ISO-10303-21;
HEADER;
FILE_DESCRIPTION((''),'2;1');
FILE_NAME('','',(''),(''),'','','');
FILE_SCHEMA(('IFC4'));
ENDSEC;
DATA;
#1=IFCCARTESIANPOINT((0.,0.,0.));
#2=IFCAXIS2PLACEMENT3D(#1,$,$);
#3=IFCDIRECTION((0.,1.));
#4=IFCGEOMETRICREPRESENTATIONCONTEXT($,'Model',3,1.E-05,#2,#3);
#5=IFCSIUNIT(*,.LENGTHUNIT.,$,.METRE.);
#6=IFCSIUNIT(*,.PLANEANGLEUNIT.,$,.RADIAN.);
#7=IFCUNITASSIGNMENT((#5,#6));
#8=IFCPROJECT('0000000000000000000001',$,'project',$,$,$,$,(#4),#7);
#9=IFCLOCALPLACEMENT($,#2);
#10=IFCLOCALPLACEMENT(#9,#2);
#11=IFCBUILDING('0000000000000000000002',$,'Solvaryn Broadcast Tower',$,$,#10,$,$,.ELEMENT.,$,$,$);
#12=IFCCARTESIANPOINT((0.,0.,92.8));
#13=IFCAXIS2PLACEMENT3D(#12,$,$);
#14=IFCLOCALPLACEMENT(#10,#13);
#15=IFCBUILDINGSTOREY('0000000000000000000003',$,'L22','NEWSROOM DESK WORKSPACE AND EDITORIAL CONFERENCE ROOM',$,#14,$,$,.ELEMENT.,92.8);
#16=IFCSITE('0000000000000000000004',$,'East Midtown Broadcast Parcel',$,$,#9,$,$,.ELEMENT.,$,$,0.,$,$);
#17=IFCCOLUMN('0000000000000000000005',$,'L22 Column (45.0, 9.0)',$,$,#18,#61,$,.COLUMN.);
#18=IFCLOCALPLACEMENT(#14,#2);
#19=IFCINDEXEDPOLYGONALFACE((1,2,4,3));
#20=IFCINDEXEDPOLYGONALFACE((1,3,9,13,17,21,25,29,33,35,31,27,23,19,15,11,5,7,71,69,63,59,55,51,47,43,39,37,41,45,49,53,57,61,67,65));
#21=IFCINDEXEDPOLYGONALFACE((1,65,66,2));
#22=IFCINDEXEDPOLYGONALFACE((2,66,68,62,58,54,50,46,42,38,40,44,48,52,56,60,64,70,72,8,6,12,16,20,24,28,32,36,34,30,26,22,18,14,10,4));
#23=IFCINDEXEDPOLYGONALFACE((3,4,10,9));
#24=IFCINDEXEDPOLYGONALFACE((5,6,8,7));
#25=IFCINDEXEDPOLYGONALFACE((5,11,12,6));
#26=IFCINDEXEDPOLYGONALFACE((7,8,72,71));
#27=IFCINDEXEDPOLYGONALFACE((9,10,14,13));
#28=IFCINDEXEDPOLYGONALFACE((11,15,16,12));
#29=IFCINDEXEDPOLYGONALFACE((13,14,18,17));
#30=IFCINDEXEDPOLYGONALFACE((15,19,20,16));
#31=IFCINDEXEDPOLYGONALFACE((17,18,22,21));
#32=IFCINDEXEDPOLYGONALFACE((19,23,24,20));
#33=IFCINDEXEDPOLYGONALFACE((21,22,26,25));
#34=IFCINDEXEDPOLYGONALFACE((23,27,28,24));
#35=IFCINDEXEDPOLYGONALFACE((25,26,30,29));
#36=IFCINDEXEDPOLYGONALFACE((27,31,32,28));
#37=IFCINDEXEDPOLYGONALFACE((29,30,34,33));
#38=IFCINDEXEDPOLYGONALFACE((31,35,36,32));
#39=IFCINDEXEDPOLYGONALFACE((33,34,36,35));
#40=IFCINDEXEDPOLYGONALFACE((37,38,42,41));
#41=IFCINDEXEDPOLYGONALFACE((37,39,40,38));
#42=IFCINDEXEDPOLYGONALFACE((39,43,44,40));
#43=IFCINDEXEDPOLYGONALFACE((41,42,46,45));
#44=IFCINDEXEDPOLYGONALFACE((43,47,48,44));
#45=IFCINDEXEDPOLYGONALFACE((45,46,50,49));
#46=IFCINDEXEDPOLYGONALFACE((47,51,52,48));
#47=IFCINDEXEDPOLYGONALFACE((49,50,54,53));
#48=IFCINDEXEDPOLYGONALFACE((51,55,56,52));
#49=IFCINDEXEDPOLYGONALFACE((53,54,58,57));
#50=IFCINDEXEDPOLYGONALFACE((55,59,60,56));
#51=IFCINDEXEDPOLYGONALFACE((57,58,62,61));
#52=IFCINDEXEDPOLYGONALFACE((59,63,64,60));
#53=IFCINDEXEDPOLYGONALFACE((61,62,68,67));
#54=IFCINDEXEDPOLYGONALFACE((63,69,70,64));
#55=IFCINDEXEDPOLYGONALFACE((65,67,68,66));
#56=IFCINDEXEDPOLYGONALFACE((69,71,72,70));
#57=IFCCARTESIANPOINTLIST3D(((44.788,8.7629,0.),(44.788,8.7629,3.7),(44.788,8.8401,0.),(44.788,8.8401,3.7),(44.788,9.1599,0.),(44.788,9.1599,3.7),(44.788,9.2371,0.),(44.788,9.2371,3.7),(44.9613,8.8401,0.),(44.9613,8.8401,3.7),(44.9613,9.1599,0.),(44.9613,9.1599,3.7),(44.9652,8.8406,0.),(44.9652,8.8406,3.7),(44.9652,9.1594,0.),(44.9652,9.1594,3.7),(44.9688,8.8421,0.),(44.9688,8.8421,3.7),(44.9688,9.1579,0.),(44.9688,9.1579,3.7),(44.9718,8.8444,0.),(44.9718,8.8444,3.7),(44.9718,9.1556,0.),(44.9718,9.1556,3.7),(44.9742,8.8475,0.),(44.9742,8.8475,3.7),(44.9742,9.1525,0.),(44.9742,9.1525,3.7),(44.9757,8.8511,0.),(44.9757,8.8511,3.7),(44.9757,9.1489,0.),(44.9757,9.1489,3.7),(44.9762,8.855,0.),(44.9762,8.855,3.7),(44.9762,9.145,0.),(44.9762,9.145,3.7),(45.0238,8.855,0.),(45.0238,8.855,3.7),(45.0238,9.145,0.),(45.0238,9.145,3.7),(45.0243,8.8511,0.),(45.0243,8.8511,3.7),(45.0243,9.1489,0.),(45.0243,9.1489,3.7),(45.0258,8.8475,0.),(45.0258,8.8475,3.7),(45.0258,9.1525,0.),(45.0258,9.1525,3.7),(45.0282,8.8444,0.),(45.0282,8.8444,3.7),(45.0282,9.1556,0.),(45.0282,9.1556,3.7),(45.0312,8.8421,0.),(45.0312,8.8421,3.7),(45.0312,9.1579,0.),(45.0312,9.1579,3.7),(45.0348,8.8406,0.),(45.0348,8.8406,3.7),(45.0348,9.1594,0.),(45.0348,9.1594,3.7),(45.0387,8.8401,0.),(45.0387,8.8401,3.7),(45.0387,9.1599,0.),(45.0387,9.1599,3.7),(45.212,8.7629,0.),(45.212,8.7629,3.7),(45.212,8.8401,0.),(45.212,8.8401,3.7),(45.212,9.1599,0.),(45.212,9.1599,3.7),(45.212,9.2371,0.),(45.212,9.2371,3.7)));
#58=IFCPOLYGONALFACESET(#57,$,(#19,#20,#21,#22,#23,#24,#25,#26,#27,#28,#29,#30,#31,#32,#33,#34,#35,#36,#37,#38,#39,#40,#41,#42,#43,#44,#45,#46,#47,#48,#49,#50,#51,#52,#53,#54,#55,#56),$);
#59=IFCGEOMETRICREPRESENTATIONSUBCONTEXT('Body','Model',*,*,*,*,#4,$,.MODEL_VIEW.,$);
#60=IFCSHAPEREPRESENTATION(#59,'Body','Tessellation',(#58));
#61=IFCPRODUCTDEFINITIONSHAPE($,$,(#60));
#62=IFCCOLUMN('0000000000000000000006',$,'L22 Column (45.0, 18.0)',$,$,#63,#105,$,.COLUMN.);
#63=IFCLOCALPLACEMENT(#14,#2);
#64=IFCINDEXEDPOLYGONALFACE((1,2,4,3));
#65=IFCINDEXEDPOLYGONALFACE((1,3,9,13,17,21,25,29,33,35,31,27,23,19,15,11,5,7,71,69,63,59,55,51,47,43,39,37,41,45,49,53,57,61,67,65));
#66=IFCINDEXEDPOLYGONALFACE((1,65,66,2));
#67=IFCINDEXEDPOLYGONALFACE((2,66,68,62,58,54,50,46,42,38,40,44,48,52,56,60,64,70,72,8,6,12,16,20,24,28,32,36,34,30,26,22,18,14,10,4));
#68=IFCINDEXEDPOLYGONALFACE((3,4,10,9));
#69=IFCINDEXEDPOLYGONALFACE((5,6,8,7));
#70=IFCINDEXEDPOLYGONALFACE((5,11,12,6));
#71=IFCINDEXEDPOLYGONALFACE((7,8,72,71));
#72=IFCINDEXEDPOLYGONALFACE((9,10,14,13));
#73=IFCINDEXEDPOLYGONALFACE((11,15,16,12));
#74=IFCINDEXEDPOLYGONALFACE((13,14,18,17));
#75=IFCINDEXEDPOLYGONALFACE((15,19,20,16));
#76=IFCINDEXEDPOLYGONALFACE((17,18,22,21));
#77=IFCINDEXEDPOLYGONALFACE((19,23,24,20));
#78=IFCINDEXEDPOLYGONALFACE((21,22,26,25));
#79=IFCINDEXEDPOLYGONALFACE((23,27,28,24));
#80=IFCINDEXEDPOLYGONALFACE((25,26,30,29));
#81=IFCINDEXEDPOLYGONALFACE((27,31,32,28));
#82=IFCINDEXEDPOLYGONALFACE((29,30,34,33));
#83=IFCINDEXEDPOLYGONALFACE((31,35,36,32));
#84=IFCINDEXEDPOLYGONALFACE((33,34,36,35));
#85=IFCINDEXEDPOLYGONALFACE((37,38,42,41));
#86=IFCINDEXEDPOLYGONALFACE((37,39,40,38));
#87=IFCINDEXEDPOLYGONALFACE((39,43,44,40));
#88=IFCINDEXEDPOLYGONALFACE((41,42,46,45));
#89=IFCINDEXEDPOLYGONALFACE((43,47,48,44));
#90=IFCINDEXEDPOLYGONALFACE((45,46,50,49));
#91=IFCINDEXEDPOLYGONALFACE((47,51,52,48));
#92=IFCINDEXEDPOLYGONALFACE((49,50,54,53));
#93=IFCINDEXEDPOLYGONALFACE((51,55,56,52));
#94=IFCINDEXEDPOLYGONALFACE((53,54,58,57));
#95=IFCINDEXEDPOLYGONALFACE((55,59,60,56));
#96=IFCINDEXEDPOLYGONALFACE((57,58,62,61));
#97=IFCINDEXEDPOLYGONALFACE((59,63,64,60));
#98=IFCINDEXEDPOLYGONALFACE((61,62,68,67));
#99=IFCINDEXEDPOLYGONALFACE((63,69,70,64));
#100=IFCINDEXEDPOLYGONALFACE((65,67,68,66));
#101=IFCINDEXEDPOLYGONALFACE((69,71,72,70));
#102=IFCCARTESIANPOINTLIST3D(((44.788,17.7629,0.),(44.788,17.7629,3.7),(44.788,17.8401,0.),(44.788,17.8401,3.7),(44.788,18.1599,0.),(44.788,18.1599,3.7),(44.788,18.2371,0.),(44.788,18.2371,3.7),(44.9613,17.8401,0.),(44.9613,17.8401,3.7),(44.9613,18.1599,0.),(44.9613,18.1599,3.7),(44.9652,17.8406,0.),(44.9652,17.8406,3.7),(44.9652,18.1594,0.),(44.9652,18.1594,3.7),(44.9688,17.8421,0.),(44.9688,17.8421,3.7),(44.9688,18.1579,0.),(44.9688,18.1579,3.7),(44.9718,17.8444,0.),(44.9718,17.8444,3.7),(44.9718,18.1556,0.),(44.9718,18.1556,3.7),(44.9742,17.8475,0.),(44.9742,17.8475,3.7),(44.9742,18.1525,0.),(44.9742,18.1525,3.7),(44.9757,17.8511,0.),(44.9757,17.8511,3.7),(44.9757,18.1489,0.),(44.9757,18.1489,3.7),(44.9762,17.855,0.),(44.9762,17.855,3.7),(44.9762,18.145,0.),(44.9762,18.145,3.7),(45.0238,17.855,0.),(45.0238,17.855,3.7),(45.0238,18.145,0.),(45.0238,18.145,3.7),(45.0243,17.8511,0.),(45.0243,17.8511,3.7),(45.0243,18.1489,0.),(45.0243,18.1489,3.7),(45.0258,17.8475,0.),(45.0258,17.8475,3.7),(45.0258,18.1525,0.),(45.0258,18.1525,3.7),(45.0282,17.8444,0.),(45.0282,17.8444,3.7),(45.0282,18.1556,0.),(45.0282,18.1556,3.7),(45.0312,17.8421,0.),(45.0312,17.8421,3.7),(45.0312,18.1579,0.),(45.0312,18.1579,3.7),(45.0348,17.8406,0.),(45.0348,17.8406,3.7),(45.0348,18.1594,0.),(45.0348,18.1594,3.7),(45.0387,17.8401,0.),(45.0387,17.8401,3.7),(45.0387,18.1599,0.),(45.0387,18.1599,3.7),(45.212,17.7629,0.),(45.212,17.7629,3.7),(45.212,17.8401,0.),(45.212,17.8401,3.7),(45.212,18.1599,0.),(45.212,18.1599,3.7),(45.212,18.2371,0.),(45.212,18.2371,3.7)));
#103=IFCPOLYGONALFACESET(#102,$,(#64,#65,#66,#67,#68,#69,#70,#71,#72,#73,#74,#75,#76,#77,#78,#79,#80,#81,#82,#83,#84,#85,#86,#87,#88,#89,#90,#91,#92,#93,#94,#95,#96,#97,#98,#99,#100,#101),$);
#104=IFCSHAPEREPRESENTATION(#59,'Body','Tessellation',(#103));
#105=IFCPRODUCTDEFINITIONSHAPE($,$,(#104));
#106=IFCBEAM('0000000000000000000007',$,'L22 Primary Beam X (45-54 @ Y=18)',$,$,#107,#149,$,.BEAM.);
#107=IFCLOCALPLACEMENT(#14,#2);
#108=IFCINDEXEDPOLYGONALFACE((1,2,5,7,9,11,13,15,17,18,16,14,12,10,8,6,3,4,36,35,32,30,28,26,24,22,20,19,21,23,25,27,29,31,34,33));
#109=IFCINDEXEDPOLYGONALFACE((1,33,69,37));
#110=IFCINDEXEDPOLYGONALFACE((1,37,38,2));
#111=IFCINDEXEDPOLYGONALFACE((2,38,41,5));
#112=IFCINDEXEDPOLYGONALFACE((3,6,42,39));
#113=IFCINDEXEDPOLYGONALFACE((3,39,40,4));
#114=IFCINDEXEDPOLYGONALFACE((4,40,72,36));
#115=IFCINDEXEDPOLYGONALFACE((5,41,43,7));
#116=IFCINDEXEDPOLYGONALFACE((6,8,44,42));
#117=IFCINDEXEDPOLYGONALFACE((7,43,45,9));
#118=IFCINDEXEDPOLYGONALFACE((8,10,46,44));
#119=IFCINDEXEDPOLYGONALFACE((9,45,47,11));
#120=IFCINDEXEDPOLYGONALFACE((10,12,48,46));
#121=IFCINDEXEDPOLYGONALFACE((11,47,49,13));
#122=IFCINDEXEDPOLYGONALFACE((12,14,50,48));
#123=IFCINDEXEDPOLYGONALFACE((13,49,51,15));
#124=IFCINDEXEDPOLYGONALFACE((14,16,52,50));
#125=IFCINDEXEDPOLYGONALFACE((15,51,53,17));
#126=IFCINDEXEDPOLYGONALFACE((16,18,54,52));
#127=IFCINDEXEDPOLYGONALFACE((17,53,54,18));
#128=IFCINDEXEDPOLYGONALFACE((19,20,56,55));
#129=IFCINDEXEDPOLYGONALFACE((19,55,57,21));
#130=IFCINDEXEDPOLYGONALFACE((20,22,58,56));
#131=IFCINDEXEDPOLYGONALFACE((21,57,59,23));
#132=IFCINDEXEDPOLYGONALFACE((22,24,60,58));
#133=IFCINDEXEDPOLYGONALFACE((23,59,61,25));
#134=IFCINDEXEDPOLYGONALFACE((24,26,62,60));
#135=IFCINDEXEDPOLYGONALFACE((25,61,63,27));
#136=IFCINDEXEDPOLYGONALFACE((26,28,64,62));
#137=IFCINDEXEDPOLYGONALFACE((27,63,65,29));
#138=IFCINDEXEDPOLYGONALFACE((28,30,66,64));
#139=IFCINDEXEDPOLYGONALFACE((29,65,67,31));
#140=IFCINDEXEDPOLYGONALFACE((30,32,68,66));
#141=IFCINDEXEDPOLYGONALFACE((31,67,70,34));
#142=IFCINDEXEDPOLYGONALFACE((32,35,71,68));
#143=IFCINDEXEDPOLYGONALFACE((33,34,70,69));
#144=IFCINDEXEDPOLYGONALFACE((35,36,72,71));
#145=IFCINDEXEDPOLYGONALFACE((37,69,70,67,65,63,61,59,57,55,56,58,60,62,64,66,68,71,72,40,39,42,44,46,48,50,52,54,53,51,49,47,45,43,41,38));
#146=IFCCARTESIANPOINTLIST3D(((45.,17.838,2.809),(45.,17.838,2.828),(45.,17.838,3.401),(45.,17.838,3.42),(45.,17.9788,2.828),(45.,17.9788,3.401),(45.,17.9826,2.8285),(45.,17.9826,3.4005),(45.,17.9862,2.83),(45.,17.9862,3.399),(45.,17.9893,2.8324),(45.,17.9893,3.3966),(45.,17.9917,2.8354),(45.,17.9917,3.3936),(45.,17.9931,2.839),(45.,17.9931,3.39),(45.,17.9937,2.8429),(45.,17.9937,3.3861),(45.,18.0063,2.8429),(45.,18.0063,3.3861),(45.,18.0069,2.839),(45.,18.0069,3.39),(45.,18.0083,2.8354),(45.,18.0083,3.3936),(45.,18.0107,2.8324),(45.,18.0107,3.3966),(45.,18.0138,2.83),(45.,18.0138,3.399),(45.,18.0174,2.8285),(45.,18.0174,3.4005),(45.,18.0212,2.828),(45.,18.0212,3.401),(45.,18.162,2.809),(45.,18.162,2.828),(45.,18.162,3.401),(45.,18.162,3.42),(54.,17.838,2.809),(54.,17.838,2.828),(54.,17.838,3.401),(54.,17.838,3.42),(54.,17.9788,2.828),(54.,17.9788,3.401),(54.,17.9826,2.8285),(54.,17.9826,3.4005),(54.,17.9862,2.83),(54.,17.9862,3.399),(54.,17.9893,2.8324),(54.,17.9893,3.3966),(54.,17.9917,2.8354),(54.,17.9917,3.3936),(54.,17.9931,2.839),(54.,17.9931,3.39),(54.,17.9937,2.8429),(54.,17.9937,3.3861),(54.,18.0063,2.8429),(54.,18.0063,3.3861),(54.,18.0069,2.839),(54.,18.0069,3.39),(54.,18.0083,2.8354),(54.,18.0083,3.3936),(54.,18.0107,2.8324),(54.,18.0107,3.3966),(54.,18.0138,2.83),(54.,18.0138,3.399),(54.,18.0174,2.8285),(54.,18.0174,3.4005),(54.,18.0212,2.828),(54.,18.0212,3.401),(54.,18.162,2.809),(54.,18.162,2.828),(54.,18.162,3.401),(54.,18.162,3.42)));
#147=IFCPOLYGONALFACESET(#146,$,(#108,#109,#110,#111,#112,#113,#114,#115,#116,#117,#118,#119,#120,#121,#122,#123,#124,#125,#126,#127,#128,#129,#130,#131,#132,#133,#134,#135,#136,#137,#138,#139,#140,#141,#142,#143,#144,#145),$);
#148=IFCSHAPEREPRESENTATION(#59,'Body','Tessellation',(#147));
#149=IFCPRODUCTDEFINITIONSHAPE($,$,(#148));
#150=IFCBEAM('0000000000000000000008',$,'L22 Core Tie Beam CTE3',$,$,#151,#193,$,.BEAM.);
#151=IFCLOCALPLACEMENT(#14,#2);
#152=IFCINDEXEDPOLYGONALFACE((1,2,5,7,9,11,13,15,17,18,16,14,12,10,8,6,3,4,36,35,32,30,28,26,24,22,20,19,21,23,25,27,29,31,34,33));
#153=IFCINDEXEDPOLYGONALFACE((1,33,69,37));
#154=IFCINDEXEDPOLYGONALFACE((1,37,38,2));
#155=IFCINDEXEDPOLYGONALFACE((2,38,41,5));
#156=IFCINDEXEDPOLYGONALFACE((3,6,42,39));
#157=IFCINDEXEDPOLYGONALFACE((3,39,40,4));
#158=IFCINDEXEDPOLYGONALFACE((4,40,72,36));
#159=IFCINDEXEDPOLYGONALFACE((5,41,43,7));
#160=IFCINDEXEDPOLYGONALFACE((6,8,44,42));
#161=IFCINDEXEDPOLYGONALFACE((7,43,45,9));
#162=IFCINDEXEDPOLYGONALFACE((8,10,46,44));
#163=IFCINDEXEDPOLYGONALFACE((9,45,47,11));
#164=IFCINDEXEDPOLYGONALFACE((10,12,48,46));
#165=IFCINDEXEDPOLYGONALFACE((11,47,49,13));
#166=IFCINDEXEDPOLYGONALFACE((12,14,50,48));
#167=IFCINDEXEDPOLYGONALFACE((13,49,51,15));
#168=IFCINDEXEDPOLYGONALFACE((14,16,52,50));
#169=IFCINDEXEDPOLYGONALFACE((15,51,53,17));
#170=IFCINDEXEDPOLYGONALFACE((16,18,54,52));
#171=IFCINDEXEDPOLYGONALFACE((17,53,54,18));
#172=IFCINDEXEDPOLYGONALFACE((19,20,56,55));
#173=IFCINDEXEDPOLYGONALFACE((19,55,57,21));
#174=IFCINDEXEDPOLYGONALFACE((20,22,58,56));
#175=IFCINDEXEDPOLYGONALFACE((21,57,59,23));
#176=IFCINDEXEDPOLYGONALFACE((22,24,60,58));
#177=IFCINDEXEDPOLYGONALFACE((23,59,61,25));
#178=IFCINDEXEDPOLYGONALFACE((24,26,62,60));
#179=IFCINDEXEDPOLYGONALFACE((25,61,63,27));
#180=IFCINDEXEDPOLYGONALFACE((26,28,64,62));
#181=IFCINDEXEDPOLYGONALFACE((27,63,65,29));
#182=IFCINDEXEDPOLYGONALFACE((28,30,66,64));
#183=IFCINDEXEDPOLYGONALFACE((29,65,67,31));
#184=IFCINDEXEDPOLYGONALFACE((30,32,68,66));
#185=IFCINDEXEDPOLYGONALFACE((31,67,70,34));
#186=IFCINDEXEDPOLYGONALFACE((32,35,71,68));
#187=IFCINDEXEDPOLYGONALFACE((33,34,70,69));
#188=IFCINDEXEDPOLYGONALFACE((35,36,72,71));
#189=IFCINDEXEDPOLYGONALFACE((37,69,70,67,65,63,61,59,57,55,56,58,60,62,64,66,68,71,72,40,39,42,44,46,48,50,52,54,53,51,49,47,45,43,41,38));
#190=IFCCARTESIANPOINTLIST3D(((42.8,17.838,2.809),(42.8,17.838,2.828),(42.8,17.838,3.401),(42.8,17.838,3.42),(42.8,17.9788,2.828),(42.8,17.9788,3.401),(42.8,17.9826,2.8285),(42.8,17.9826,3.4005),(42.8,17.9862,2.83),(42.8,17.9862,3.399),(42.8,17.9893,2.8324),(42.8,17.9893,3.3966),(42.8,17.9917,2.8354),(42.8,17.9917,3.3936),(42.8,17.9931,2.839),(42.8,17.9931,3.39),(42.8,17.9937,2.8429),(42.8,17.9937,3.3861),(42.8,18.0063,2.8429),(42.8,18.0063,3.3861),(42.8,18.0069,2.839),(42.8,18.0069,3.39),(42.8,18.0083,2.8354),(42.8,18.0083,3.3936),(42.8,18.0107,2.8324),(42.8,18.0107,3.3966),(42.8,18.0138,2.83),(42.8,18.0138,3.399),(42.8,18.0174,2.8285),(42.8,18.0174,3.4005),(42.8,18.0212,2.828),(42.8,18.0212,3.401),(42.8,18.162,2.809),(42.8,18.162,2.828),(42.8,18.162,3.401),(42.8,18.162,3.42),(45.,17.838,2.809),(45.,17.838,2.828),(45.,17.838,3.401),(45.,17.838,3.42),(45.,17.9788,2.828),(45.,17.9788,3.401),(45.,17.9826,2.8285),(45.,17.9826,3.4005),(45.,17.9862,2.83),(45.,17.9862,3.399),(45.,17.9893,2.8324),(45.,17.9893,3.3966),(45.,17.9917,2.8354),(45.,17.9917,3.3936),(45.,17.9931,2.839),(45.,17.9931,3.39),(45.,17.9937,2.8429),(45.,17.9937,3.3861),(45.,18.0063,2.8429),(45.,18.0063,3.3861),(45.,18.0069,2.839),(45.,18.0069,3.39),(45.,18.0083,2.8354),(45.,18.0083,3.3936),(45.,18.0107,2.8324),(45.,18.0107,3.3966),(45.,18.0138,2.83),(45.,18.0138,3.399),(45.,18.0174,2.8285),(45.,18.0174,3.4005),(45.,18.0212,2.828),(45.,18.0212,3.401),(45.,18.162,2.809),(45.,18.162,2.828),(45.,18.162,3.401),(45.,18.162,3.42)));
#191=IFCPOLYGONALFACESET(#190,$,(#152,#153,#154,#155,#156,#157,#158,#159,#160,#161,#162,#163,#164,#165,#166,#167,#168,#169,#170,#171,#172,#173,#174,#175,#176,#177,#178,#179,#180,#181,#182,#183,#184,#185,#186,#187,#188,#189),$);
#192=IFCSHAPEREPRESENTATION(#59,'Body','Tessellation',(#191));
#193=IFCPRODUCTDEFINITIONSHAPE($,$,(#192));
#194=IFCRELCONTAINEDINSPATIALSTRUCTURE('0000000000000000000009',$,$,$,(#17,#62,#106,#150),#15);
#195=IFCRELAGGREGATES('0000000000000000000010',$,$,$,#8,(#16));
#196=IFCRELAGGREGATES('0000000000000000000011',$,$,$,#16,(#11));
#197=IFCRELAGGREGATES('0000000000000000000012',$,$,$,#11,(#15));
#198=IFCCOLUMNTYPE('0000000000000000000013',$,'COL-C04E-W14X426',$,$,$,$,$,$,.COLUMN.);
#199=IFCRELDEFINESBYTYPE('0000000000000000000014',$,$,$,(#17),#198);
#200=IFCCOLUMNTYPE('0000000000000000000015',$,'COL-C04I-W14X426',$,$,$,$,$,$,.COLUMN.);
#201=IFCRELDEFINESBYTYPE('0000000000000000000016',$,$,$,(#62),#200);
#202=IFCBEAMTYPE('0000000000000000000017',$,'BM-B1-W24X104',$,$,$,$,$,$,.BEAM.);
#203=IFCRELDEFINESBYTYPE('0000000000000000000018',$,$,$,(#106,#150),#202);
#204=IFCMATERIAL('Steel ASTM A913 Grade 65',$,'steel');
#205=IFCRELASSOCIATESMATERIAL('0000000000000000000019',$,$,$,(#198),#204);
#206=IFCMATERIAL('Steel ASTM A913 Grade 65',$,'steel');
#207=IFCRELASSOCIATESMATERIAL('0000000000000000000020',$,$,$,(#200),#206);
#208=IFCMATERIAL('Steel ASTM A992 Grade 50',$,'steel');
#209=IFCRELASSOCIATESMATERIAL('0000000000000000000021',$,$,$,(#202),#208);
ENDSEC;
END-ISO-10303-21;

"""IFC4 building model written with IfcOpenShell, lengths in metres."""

from ifc_helpers import new_model, si_unit, direction, frame, origin, origin_2d, place, context, subcontext, project, spatial, i_section, extrude, material, material_profile, profile_set, type_object, element, save


model = new_model("IFC4")

# Units and contexts
model_context = context("Model", 3, precision=1e-05, world=origin(), true_north=direction((0.0, 1.0)))
body_context = subcontext(model_context, "Body", "Model", "MODEL_VIEW")
ifc_project = project(units=[si_unit("LENGTHUNIT", "METRE"), si_unit("PLANEANGLEUNIT", "RADIAN")], contexts=[model_context])

# Site, building, storey
site_placement = place(None, origin())
site = spatial("IfcSite", under=ifc_project, at=site_placement, Name="East Midtown Broadcast Parcel", CompositionType="ELEMENT", RefElevation=0.0)
building_placement = place(site_placement, origin())
building = spatial("IfcBuilding", under=site, at=building_placement, Name="Solvaryn Broadcast Tower", CompositionType="ELEMENT")
storey_placement = place(building_placement, frame((0.0, 0.0, 92.8)))
storey = spatial("IfcBuildingStorey", under=building, at=storey_placement, Name="L22", Description="NEWSROOM DESK WORKSPACE AND EDITORIAL CONFERENCE ROOM", CompositionType="ELEMENT", Elevation=92.8)

# Columns
ifc_material_1 = material(Name="Steel ASTM A913 Grade 65", Category="steel")
ifc_material_profile_1 = material_profile(ifc_material_1, i_section(OverallWidth=0.4241, OverallDepth=0.4741, WebThickness=0.0476, FlangeThickness=0.0771, FilletRadius=0.0149, at=origin_2d()))
ifc_profile_set_1 = profile_set([ifc_material_profile_1], Name="Steel ASTM A913 Grade 65")
column_type_1 = type_object("IfcColumnType", Name="COL-C04E-W14X426", PredefinedType="COLUMN", material=ifc_profile_set_1)
column_1_placement = place(storey_placement, frame((45.0, 9.0, 0.0), z_axis=(0.0, 0.0, 1.0), x_axis=(1.0, 0.0, 0.0)))
element("IfcColumn", 1, at=column_1_placement, inside=storey, type_object=column_type_1, Name="L22 Column (45.0, 9.0)", PredefinedType="COLUMN", context=body_context, shape_type="SweptSolid", body=[
    extrude(i_section(OverallWidth=0.4241, OverallDepth=0.4741, WebThickness=0.0476, FlangeThickness=0.0771, FilletRadius=0.0149, at=origin_2d()), origin(), (0.0, 0.0, 1.0), 3.7),
])
ifc_material_2 = material(Name="Steel ASTM A913 Grade 65", Category="steel")
ifc_material_profile_2 = material_profile(ifc_material_2, i_section(OverallWidth=0.4241, OverallDepth=0.4741, WebThickness=0.0476, FlangeThickness=0.0771, FilletRadius=0.0149, at=origin_2d()))
ifc_profile_set_2 = profile_set([ifc_material_profile_2], Name="Steel ASTM A913 Grade 65")
column_type_2 = type_object("IfcColumnType", Name="COL-C04I-W14X426", PredefinedType="COLUMN", material=ifc_profile_set_2)
column_2_placement = place(storey_placement, frame((45.0, 18.0, 0.0), z_axis=(0.0, 0.0, 1.0), x_axis=(1.0, 0.0, 0.0)))
element("IfcColumn", 2, at=column_2_placement, inside=storey, type_object=column_type_2, Name="L22 Column (45.0, 18.0)", PredefinedType="COLUMN", context=body_context, shape_type="SweptSolid", body=[
    extrude(i_section(OverallWidth=0.4241, OverallDepth=0.4741, WebThickness=0.0476, FlangeThickness=0.0771, FilletRadius=0.0149, at=origin_2d()), origin(), (0.0, 0.0, 1.0), 3.7),
])

# Beams
ifc_material_3 = material(Name="Steel ASTM A992 Grade 50", Category="steel")
ifc_material_profile_3 = material_profile(ifc_material_3, i_section(OverallWidth=0.324, OverallDepth=0.6111, WebThickness=0.0127, FlangeThickness=0.019, FilletRadius=0.0149, at=origin_2d()))
ifc_profile_set_3 = profile_set([ifc_material_profile_3], Name="Steel ASTM A992 Grade 50")
beam_type_1 = type_object("IfcBeamType", Name="BM-B1-W24X104", PredefinedType="BEAM", material=ifc_profile_set_3)
beam_1_placement = place(storey_placement, frame((45.0, 18.0, 3.1145), z_axis=(1.0, 0.0, 0.0), x_axis=(0.0, 1.0, 0.0)))
element("IfcBeam", 3, at=beam_1_placement, inside=storey, type_object=beam_type_1, Name="L22 Primary Beam X (45-54 @ Y=18)", PredefinedType="BEAM", context=body_context, shape_type="SweptSolid", body=[
    extrude(i_section(OverallWidth=0.324, OverallDepth=0.6111, WebThickness=0.0127, FlangeThickness=0.019, FilletRadius=0.0149, at=origin_2d()), origin(), (0.0, 0.0, 1.0), 9.0),
])
beam_2_placement = place(storey_placement, frame((42.8, 18.0, 3.1145), z_axis=(1.0, 0.0, 0.0), x_axis=(0.0, 1.0, 0.0)))
element("IfcBeam", 4, at=beam_2_placement, inside=storey, type_object=beam_type_1, Name="L22 Core Tie Beam CTE3", PredefinedType="BEAM", context=body_context, shape_type="SweptSolid", body=[
    extrude(i_section(OverallWidth=0.324, OverallDepth=0.6111, WebThickness=0.0127, FlangeThickness=0.019, FilletRadius=0.0149, at=origin_2d()), origin(), (0.0, 0.0, 1.0), 2.2),
])

save(model, "model.ifc")
